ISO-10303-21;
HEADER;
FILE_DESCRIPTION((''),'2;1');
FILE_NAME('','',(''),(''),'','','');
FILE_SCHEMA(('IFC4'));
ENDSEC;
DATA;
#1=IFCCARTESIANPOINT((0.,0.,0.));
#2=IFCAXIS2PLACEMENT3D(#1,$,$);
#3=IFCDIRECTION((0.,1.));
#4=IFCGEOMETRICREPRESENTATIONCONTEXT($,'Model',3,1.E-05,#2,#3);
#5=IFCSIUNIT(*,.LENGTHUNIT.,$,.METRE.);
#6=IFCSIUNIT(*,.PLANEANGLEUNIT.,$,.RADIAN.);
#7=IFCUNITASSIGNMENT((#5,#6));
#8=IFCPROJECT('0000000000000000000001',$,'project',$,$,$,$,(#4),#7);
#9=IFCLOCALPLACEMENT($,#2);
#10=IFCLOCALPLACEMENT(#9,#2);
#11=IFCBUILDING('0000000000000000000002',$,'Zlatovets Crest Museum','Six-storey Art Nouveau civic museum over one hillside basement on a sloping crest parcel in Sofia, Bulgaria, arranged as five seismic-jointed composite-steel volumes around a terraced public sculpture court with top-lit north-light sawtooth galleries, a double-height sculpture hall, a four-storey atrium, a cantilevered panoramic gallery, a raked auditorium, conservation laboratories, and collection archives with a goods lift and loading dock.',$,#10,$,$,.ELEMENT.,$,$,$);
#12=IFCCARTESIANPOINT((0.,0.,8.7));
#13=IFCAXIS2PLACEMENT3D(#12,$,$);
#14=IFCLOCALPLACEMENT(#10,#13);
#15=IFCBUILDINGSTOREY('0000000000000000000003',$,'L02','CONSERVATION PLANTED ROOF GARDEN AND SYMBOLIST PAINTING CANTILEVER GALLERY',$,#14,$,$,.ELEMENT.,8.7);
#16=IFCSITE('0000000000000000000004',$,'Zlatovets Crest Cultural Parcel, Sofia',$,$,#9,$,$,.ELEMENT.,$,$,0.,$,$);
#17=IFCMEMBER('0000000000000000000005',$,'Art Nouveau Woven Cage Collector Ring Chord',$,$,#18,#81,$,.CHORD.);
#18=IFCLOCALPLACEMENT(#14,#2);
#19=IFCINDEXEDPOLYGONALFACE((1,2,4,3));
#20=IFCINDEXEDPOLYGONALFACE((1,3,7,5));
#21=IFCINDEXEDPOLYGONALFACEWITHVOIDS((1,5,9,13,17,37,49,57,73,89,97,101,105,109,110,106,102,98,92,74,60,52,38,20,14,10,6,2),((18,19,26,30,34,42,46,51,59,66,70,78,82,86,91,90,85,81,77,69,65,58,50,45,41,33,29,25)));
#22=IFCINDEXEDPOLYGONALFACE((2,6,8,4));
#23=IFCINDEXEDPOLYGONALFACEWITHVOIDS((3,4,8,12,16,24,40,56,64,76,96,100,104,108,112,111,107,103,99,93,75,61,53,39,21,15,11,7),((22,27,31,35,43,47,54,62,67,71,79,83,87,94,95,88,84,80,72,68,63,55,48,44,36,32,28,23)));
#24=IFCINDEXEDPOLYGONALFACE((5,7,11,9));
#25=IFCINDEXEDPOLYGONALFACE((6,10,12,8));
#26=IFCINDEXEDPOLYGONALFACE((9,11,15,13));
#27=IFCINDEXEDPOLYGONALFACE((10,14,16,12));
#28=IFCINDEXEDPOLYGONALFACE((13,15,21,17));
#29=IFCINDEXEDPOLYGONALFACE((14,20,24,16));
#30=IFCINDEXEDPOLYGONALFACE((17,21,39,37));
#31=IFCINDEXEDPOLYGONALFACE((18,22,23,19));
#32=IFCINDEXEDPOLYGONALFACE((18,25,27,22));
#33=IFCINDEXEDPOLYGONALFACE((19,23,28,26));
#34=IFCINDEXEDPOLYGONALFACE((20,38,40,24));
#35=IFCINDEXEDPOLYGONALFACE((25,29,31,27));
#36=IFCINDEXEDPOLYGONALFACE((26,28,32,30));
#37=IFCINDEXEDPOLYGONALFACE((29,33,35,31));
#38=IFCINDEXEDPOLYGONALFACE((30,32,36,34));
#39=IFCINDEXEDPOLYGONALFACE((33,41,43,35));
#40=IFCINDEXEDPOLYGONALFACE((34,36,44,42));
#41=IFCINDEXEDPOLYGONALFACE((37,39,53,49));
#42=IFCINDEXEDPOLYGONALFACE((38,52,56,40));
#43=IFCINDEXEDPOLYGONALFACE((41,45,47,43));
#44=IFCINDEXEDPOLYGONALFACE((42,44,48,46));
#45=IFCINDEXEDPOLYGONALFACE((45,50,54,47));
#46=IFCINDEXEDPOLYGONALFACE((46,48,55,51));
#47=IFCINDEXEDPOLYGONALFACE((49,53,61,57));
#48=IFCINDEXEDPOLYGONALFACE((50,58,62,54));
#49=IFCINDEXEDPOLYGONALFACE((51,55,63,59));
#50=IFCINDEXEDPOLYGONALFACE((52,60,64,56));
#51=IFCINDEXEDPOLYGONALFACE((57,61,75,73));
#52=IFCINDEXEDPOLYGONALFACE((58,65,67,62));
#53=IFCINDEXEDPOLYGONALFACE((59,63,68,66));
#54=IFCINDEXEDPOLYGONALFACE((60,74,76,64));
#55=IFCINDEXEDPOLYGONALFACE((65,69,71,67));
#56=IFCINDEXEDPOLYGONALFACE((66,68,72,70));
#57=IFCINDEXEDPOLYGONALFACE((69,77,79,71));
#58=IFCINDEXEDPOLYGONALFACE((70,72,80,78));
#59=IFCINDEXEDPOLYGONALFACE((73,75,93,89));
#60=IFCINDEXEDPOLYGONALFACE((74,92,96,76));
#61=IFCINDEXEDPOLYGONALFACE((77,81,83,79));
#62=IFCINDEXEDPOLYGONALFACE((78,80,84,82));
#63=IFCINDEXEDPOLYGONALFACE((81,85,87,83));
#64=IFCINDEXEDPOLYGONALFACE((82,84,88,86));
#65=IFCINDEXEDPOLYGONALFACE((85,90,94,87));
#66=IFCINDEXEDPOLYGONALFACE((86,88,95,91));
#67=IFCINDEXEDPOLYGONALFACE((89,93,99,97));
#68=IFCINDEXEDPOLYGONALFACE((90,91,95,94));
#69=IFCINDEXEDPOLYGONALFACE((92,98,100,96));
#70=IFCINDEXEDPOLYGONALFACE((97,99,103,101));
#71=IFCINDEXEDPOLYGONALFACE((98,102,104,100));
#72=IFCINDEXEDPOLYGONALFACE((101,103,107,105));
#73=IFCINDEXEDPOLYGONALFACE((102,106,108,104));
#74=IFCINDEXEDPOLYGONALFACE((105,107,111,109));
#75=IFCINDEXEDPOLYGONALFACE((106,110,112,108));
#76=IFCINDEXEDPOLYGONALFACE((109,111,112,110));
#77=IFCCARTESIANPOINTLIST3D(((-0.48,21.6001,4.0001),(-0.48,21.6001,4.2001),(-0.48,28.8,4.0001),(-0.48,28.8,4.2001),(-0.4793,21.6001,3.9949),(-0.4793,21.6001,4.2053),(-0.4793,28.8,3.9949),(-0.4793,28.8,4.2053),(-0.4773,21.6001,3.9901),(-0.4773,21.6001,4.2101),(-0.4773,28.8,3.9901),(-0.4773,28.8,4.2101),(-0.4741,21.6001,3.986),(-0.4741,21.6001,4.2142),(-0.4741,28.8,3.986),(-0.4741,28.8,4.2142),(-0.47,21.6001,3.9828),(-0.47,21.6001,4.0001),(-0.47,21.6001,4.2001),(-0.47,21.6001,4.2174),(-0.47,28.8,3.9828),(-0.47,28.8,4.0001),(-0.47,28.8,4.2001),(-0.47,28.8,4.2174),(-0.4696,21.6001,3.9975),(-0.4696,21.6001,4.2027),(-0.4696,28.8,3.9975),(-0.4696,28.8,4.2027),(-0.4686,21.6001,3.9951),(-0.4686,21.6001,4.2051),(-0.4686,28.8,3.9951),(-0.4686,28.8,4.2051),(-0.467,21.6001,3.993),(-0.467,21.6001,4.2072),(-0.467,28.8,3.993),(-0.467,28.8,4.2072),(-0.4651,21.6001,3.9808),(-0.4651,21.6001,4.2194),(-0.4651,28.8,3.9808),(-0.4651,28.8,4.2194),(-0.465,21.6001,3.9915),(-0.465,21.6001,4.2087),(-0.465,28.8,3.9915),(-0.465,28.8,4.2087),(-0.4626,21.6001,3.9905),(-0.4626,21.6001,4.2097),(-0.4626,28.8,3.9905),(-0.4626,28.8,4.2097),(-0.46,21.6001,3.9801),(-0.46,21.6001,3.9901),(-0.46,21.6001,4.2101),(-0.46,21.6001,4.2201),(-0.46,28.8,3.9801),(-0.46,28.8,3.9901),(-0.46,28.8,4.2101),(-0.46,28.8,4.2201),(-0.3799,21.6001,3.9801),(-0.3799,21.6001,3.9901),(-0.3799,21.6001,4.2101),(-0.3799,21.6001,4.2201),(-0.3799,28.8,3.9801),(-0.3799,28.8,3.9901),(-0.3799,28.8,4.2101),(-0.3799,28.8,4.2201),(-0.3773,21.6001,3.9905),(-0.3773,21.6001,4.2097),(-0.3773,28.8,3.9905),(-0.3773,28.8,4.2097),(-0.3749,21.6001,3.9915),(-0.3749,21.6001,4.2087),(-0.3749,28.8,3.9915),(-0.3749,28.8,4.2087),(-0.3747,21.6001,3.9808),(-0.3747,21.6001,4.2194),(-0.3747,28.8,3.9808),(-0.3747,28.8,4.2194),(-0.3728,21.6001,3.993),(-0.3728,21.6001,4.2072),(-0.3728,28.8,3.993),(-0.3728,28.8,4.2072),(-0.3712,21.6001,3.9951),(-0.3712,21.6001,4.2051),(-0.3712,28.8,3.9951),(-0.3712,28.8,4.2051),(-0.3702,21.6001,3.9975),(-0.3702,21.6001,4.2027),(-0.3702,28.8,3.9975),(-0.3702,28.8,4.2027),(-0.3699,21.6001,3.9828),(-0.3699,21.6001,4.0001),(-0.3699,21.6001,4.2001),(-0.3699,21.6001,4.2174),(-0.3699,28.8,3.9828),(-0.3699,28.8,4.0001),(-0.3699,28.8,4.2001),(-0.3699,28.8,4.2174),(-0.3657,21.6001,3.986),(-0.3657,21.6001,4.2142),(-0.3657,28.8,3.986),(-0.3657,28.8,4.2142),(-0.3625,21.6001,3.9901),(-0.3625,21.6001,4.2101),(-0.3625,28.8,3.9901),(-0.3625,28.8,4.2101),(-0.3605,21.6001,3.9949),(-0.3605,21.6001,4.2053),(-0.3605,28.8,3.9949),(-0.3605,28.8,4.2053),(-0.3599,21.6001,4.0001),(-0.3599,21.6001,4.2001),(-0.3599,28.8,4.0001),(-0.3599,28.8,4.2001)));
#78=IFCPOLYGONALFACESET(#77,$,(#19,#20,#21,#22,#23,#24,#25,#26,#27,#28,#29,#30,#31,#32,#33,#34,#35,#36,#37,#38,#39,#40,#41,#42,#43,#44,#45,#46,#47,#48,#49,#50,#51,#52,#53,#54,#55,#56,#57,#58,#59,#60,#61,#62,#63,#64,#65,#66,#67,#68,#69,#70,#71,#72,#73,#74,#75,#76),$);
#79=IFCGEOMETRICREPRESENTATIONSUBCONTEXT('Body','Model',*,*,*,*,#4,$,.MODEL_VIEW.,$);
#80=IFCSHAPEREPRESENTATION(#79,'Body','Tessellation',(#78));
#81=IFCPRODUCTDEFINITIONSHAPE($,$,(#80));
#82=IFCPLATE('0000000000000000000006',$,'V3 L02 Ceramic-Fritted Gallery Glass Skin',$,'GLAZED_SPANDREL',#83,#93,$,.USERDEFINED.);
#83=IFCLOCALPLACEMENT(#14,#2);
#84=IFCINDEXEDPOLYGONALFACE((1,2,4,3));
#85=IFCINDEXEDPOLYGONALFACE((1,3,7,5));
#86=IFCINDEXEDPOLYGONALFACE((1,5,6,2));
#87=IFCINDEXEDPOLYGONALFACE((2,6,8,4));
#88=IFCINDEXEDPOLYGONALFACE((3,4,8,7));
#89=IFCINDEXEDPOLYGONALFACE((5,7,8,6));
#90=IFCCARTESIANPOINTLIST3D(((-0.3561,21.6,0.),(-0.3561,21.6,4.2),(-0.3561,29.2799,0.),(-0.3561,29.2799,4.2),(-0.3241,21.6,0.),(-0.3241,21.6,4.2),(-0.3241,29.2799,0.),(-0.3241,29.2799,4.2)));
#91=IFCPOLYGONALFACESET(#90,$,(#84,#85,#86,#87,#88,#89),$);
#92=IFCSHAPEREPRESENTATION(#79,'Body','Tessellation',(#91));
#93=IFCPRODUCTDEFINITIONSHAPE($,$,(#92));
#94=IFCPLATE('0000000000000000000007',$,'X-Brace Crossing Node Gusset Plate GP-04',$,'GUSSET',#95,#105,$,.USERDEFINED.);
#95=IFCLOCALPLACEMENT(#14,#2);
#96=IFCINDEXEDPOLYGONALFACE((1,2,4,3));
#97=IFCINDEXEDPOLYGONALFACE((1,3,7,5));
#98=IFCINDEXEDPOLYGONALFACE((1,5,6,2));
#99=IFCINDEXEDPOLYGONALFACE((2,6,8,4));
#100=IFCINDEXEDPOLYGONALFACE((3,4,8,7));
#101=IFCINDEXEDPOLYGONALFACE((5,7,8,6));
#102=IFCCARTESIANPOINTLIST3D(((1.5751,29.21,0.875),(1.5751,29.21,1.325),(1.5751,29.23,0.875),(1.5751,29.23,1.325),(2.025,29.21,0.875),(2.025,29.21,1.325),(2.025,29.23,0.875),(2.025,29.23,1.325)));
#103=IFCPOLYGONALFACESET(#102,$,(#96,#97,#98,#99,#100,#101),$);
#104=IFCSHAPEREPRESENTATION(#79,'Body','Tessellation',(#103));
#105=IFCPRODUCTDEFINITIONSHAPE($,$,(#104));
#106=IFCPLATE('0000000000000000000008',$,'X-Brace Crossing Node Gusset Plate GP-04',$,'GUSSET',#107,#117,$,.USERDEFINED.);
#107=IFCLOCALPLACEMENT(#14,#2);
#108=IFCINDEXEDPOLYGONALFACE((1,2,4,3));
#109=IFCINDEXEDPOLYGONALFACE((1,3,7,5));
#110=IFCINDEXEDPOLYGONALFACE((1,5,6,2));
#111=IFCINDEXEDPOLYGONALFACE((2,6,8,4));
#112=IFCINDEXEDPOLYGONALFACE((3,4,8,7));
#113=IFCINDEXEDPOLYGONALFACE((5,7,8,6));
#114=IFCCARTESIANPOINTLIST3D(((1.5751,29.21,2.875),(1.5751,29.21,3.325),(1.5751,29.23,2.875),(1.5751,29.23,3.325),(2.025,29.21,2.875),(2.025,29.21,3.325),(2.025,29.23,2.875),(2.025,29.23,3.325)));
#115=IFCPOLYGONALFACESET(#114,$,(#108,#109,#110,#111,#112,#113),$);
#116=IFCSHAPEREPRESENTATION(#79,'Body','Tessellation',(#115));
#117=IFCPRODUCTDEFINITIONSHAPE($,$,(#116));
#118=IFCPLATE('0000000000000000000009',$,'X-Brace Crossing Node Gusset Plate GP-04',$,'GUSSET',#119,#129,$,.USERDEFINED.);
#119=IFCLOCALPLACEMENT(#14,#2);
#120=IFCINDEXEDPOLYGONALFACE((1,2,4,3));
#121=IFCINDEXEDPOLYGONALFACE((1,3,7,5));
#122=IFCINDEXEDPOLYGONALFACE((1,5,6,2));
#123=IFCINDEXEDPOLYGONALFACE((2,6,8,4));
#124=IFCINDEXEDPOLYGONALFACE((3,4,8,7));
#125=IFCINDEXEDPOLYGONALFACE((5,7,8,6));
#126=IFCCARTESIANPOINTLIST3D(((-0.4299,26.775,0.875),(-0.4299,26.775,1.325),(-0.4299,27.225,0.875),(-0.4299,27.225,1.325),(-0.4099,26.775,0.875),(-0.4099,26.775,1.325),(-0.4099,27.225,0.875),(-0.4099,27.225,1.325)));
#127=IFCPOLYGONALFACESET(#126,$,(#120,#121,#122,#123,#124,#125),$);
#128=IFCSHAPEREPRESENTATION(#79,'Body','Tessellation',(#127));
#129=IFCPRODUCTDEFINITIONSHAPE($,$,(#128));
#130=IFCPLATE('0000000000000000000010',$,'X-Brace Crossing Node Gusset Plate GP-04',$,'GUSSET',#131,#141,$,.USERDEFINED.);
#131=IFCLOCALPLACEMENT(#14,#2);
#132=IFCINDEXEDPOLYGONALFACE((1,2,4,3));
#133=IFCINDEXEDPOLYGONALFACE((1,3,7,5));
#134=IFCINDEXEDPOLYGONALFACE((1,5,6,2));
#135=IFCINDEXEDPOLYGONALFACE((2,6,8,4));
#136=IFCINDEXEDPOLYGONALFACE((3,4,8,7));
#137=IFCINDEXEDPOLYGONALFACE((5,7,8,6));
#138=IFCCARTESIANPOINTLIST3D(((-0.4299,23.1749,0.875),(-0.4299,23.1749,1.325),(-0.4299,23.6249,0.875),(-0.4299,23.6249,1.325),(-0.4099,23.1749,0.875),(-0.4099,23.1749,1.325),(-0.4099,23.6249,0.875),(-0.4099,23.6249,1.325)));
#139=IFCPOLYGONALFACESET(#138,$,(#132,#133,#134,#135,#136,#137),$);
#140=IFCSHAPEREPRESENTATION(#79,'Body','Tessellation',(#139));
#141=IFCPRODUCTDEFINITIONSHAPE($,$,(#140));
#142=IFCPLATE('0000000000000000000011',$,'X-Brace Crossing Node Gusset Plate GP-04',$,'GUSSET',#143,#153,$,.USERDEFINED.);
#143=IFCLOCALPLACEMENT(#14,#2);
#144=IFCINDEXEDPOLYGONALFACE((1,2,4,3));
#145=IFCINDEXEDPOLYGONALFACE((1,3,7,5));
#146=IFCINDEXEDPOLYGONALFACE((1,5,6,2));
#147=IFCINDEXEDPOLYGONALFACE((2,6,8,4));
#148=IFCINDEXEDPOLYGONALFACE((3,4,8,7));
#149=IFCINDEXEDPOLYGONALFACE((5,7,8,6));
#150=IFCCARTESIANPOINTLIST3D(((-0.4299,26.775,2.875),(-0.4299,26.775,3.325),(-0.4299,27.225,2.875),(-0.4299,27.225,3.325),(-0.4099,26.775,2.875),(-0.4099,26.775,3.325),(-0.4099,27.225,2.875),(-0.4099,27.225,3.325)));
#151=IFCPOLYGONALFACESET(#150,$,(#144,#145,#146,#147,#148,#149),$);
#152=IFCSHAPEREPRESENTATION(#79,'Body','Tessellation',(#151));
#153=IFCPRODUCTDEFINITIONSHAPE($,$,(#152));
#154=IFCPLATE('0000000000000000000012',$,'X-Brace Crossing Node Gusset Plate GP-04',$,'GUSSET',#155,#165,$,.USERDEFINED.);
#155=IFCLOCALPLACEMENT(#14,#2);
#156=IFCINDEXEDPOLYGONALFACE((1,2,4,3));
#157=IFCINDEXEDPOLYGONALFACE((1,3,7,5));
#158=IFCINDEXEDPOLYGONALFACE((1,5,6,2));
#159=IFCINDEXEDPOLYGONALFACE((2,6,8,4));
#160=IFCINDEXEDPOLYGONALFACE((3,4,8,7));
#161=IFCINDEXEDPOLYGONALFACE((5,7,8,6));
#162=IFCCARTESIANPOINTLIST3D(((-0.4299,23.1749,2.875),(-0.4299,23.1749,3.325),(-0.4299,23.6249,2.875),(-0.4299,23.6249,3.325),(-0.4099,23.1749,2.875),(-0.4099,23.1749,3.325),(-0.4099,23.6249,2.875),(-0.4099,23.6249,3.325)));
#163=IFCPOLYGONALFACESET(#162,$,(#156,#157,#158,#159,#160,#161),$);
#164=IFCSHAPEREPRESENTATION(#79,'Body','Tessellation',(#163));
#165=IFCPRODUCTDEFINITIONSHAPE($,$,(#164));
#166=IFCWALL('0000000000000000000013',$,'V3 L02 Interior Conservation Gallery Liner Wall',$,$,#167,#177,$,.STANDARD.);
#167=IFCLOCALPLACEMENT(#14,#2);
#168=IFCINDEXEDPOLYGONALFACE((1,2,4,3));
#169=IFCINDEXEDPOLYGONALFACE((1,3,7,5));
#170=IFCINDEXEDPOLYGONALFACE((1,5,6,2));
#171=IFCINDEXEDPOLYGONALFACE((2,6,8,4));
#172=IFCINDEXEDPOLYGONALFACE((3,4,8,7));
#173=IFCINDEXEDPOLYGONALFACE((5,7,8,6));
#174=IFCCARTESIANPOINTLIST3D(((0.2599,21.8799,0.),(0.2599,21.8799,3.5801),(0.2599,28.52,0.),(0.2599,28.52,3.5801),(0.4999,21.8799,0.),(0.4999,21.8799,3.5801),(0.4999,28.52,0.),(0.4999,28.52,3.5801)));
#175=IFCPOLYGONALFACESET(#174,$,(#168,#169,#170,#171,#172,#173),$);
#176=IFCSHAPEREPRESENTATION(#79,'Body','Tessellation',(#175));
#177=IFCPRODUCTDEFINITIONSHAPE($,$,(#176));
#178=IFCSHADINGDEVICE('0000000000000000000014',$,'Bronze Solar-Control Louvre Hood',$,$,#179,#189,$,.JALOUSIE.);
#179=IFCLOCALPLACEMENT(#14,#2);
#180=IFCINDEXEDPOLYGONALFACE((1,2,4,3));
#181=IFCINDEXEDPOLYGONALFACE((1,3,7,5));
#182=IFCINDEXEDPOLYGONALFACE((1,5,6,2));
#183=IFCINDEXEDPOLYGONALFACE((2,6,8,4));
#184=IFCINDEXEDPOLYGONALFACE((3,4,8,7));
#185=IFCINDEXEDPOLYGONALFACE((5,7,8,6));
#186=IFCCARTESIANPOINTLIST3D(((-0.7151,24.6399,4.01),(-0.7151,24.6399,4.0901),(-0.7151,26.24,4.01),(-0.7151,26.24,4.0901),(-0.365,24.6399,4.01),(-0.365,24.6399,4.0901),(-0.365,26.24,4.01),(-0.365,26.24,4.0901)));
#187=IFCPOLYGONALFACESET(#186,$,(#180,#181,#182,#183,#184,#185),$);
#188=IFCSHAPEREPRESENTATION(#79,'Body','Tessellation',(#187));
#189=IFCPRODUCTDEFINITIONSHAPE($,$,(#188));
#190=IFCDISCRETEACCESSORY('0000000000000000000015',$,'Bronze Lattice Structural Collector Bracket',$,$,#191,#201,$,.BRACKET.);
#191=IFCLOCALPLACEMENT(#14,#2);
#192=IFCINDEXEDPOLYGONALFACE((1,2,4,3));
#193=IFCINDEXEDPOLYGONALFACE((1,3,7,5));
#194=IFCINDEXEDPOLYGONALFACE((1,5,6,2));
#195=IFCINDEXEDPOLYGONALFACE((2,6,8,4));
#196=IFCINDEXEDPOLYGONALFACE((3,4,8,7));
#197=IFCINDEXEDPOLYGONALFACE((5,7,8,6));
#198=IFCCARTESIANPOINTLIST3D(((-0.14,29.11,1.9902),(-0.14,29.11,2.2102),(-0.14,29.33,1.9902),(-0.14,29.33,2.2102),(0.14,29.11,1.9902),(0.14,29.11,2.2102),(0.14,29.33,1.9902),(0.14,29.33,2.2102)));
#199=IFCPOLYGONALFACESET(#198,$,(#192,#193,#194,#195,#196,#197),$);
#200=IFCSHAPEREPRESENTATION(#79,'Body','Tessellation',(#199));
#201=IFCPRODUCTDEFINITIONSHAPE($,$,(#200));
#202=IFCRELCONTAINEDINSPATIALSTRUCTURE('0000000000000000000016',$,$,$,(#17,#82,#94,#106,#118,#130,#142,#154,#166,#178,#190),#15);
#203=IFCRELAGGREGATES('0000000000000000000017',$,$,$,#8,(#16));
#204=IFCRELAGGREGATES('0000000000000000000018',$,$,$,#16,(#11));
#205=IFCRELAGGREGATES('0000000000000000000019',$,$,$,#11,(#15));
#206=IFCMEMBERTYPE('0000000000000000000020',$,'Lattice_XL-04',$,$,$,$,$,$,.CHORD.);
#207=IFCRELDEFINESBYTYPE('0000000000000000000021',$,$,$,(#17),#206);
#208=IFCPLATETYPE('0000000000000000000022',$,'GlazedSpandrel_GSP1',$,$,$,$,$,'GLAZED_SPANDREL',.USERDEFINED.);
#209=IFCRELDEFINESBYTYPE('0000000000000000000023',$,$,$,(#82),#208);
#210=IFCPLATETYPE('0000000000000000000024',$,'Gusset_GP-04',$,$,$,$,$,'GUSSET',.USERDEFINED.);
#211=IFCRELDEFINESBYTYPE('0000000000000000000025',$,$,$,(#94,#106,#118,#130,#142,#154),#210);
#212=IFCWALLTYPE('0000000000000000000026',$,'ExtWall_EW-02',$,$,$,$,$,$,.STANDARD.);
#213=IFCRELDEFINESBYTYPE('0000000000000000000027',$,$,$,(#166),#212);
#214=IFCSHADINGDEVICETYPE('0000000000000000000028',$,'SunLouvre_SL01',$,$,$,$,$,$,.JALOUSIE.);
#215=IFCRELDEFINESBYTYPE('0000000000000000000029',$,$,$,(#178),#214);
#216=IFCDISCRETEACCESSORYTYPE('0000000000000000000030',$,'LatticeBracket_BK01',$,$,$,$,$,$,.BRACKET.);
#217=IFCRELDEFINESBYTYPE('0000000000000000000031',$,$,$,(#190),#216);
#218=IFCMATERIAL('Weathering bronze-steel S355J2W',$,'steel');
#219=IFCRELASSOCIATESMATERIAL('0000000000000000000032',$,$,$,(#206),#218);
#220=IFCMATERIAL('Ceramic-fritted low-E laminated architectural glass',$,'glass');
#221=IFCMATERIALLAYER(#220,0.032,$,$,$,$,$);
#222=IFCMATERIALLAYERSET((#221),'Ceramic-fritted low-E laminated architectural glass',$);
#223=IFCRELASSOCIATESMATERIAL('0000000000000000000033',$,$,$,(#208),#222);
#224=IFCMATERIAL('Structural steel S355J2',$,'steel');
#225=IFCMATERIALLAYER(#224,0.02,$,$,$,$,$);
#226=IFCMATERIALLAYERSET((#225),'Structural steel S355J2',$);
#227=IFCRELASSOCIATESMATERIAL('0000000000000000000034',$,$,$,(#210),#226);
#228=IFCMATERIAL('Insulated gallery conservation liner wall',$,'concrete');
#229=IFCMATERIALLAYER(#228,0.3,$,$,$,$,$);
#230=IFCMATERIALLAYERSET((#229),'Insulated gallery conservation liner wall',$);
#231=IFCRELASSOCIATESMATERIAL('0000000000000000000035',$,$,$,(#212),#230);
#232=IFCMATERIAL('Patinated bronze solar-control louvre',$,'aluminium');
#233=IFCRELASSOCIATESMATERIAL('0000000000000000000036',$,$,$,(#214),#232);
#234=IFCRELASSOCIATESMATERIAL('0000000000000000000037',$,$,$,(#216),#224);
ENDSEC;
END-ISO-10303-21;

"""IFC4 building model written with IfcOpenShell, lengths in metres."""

from ifc_helpers import new_model, si_unit, direction, frame, frame_2d, origin, origin_2d, place, context, subcontext, project, spatial, rectangle, hollow_rectangle, extrude, material, layer, layer_set, material_profile, profile_set, type_object, element, save


model = new_model("IFC4")

# Units and contexts
model_context = context("Model", 3, precision=1e-05, world=origin(), true_north=direction((0.0, 1.0)))
body_context = subcontext(model_context, "Body", "Model", "MODEL_VIEW")
ifc_project = project(units=[si_unit("LENGTHUNIT", "METRE"), si_unit("PLANEANGLEUNIT", "RADIAN")], contexts=[model_context])

# Site, building, storey
site_placement = place(None, origin())
site = spatial("IfcSite", under=ifc_project, at=site_placement, Name="Zlatovets Crest Cultural Parcel, Sofia", CompositionType="ELEMENT", RefElevation=0.0)
building_placement = place(site_placement, origin())
building = spatial("IfcBuilding", under=site, at=building_placement, Name="Zlatovets Crest Museum", Description="Six-storey Art Nouveau civic museum over one hillside basement on a sloping crest parcel in Sofia, Bulgaria, arranged as five seismic-jointed composite-steel volumes around a terraced public sculpture court with top-lit north-light sawtooth galleries, a double-height sculpture hall, a four-storey atrium, a cantilevered panoramic gallery, a raked auditorium, conservation laboratories, and collection archives with a goods lift and loading dock.", CompositionType="ELEMENT")
storey_placement = place(building_placement, frame((0.0, 0.0, 8.7)))
storey = spatial("IfcBuildingStorey", under=building, at=storey_placement, Name="L02", Description="CONSERVATION PLANTED ROOF GARDEN AND SYMBOLIST PAINTING CANTILEVER GALLERY", CompositionType="ELEMENT", Elevation=8.7)

# Shared definitions
ifc_material_1 = material(Name="Structural steel S355J2", Category="steel")

# Member
ifc_material_2 = material(Name="Weathering bronze-steel S355J2W", Category="steel")
ifc_material_profile_1 = material_profile(ifc_material_2, hollow_rectangle(XDim=0.1201, YDim=0.24, WallThickness=0.01, InnerFilletRadius=0.01, OuterFilletRadius=0.02, at=origin_2d()), Name="RHS 120x240x10.0")
ifc_profile_set_1 = profile_set([ifc_material_profile_1], Name="Weathering bronze-steel S355J2W")
member_type_1 = type_object("IfcMemberType", Name="Lattice_XL-04", PredefinedType="CHORD", material=ifc_profile_set_1)
member_1_placement = place(storey_placement, frame((-0.4199, 28.8, 4.1001), z_axis=(0.0, -1.0, 0.0), x_axis=(1.0, 0.0, 0.0)))
element("IfcMember", 1, at=member_1_placement, inside=storey, type_object=member_type_1, Name="Art Nouveau Woven Cage Collector Ring Chord", PredefinedType="CHORD", context=body_context, shape_type="SweptSolid", body=[
    extrude(hollow_rectangle(XDim=0.1201, YDim=0.24, WallThickness=0.01, InnerFilletRadius=0.01, OuterFilletRadius=0.02, at=origin_2d()), origin(), (0.0, 0.0, 1.0), 7.2),
])

# Plates
ifc_material_3 = material(Name="Ceramic-fritted low-E laminated architectural glass", Category="glass")
ifc_layer_1 = layer(ifc_material_3, 0.032)
ifc_layer_set_1 = layer_set([ifc_layer_1], Name="Ceramic-fritted low-E laminated architectural glass")
plate_type_1 = type_object("IfcPlateType", Name="GlazedSpandrel_GSP1", ElementType="GLAZED_SPANDREL", PredefinedType="USERDEFINED", material=ifc_layer_set_1)
plate_placement = place(storey_placement, frame((-0.3401, 25.4399, 0.0), z_axis=(0.0, 0.0, 1.0), x_axis=(0.0, 1.0, 0.0)))
element("IfcPlate", 2, at=plate_placement, inside=storey, type_object=plate_type_1, Name="V3 L02 Ceramic-Fritted Gallery Glass Skin", ObjectType="GLAZED_SPANDREL", PredefinedType="USERDEFINED", context=body_context, shape_type="SweptSolid", body=[
    extrude(rectangle(XDim=7.6799, YDim=0.032, at=origin_2d()), origin(), (0.0, 0.0, 1.0), 4.2),
])
ifc_layer_2 = layer(ifc_material_1, 0.02)
ifc_layer_set_2 = layer_set([ifc_layer_2], Name="Structural steel S355J2")
plate_type_2 = type_object("IfcPlateType", Name="Gusset_GP-04", ElementType="GUSSET", PredefinedType="USERDEFINED", material=ifc_layer_set_2)
for number, where, z_axis, x_axis, name in (
    (3, (1.8, 29.22, 0.875), (0.0, 0.0, 1.0), (1.0, 0.0, 0.0), "X-Brace Crossing Node Gusset Plate GP-04"),
    (4, (1.8, 29.22, 2.875), (0.0, 0.0, 1.0), (1.0, 0.0, 0.0), "X-Brace Crossing Node Gusset Plate GP-04"),
):
    element("IfcPlate", number, at=place(storey_placement, frame(where, z_axis=z_axis, x_axis=x_axis)), inside=storey, type_object=plate_type_2, Name=name, ObjectType="GUSSET", PredefinedType="USERDEFINED", context=body_context, shape_type="SweptSolid", body=[
        extrude(rectangle(XDim=0.45, YDim=0.02, at=origin_2d()), origin(), (0.0, 0.0, 1.0), 0.45),
    ])
for number, where, z_axis, x_axis, name in (
    (5, (-0.4199, 27.0, 0.875), (0.0, 0.0, 1.0), (1.0, 0.0, 0.0), "X-Brace Crossing Node Gusset Plate GP-04"),
    (6, (-0.4199, 23.3999, 0.875), (0.0, 0.0, 1.0), (1.0, 0.0, 0.0), "X-Brace Crossing Node Gusset Plate GP-04"),
    (7, (-0.4199, 27.0, 2.875), (0.0, 0.0, 1.0), (1.0, 0.0, 0.0), "X-Brace Crossing Node Gusset Plate GP-04"),
    (8, (-0.4199, 23.3999, 2.875), (0.0, 0.0, 1.0), (1.0, 0.0, 0.0), "X-Brace Crossing Node Gusset Plate GP-04"),
):
    element("IfcPlate", number, at=place(storey_placement, frame(where, z_axis=z_axis, x_axis=x_axis)), inside=storey, type_object=plate_type_2, Name=name, ObjectType="GUSSET", PredefinedType="USERDEFINED", context=body_context, shape_type="SweptSolid", body=[
        extrude(rectangle(XDim=0.02, YDim=0.45, at=origin_2d()), origin(), (0.0, 0.0, 1.0), 0.45),
    ])

# Wall
ifc_material_4 = material(Name="Insulated gallery conservation liner wall", Category="concrete")
ifc_layer_3 = layer(ifc_material_4, 0.3)
ifc_layer_set_3 = layer_set([ifc_layer_3], Name="Insulated gallery conservation liner wall")
wall_type = type_object("IfcWallType", Name="ExtWall_EW-02", PredefinedType="STANDARD", material=ifc_layer_set_3)
wall_placement = place(storey_placement, frame((0.3799, 28.52, 0.0), z_axis=(0.0, 0.0, 1.0), x_axis=(0.0, -1.0, 0.0)))
element("IfcWall", 9, at=wall_placement, inside=storey, type_object=wall_type, Name="V3 L02 Interior Conservation Gallery Liner Wall", PredefinedType="STANDARD", context=body_context, shape_type="SweptSolid", body=[
    extrude(rectangle(XDim=6.6401, YDim=0.24, at=frame_2d((3.3201, 0.0))), origin(), (0.0, 0.0, 1.0), 3.5801),
])

# Shading device
ifc_material_5 = material(Name="Patinated bronze solar-control louvre", Category="aluminium")
shading_device_type = type_object("IfcShadingDeviceType", Name="SunLouvre_SL01", PredefinedType="JALOUSIE", material=ifc_material_5)
shading_device_placement = place(storey_placement, frame((-0.54, 25.4399, 4.01), z_axis=(0.0, 0.0, 1.0), x_axis=(0.0, 1.0, 0.0)))
element("IfcShadingDevice", 10, at=shading_device_placement, inside=storey, type_object=shading_device_type, Name="Bronze Solar-Control Louvre Hood", PredefinedType="JALOUSIE", context=body_context, shape_type="SweptSolid", body=[
    extrude(rectangle(XDim=1.6001, YDim=0.3501, at=origin_2d()), origin(), (0.0, 0.0, 1.0), 0.0801),
])

# Discrete accessory
discrete_accessory_type = type_object("IfcDiscreteAccessoryType", Name="LatticeBracket_BK01", PredefinedType="BRACKET", material=ifc_material_1)
for number, where, z_axis, x_axis, name in (
    (11, (0.0, 29.22, 1.9902), (0.0, 0.0, 1.0), (1.0, 0.0, 0.0), "Bronze Lattice Structural Collector Bracket"),
):
    element("IfcDiscreteAccessory", number, at=place(storey_placement, frame(where, z_axis=z_axis, x_axis=x_axis)), inside=storey, type_object=discrete_accessory_type, Name=name, PredefinedType="BRACKET", context=body_context, shape_type="SweptSolid", body=[
        extrude(rectangle(XDim=0.28, YDim=0.22, at=origin_2d()), origin(), (0.0, 0.0, 1.0), 0.22),
    ])

save(model, "model.ifc")
